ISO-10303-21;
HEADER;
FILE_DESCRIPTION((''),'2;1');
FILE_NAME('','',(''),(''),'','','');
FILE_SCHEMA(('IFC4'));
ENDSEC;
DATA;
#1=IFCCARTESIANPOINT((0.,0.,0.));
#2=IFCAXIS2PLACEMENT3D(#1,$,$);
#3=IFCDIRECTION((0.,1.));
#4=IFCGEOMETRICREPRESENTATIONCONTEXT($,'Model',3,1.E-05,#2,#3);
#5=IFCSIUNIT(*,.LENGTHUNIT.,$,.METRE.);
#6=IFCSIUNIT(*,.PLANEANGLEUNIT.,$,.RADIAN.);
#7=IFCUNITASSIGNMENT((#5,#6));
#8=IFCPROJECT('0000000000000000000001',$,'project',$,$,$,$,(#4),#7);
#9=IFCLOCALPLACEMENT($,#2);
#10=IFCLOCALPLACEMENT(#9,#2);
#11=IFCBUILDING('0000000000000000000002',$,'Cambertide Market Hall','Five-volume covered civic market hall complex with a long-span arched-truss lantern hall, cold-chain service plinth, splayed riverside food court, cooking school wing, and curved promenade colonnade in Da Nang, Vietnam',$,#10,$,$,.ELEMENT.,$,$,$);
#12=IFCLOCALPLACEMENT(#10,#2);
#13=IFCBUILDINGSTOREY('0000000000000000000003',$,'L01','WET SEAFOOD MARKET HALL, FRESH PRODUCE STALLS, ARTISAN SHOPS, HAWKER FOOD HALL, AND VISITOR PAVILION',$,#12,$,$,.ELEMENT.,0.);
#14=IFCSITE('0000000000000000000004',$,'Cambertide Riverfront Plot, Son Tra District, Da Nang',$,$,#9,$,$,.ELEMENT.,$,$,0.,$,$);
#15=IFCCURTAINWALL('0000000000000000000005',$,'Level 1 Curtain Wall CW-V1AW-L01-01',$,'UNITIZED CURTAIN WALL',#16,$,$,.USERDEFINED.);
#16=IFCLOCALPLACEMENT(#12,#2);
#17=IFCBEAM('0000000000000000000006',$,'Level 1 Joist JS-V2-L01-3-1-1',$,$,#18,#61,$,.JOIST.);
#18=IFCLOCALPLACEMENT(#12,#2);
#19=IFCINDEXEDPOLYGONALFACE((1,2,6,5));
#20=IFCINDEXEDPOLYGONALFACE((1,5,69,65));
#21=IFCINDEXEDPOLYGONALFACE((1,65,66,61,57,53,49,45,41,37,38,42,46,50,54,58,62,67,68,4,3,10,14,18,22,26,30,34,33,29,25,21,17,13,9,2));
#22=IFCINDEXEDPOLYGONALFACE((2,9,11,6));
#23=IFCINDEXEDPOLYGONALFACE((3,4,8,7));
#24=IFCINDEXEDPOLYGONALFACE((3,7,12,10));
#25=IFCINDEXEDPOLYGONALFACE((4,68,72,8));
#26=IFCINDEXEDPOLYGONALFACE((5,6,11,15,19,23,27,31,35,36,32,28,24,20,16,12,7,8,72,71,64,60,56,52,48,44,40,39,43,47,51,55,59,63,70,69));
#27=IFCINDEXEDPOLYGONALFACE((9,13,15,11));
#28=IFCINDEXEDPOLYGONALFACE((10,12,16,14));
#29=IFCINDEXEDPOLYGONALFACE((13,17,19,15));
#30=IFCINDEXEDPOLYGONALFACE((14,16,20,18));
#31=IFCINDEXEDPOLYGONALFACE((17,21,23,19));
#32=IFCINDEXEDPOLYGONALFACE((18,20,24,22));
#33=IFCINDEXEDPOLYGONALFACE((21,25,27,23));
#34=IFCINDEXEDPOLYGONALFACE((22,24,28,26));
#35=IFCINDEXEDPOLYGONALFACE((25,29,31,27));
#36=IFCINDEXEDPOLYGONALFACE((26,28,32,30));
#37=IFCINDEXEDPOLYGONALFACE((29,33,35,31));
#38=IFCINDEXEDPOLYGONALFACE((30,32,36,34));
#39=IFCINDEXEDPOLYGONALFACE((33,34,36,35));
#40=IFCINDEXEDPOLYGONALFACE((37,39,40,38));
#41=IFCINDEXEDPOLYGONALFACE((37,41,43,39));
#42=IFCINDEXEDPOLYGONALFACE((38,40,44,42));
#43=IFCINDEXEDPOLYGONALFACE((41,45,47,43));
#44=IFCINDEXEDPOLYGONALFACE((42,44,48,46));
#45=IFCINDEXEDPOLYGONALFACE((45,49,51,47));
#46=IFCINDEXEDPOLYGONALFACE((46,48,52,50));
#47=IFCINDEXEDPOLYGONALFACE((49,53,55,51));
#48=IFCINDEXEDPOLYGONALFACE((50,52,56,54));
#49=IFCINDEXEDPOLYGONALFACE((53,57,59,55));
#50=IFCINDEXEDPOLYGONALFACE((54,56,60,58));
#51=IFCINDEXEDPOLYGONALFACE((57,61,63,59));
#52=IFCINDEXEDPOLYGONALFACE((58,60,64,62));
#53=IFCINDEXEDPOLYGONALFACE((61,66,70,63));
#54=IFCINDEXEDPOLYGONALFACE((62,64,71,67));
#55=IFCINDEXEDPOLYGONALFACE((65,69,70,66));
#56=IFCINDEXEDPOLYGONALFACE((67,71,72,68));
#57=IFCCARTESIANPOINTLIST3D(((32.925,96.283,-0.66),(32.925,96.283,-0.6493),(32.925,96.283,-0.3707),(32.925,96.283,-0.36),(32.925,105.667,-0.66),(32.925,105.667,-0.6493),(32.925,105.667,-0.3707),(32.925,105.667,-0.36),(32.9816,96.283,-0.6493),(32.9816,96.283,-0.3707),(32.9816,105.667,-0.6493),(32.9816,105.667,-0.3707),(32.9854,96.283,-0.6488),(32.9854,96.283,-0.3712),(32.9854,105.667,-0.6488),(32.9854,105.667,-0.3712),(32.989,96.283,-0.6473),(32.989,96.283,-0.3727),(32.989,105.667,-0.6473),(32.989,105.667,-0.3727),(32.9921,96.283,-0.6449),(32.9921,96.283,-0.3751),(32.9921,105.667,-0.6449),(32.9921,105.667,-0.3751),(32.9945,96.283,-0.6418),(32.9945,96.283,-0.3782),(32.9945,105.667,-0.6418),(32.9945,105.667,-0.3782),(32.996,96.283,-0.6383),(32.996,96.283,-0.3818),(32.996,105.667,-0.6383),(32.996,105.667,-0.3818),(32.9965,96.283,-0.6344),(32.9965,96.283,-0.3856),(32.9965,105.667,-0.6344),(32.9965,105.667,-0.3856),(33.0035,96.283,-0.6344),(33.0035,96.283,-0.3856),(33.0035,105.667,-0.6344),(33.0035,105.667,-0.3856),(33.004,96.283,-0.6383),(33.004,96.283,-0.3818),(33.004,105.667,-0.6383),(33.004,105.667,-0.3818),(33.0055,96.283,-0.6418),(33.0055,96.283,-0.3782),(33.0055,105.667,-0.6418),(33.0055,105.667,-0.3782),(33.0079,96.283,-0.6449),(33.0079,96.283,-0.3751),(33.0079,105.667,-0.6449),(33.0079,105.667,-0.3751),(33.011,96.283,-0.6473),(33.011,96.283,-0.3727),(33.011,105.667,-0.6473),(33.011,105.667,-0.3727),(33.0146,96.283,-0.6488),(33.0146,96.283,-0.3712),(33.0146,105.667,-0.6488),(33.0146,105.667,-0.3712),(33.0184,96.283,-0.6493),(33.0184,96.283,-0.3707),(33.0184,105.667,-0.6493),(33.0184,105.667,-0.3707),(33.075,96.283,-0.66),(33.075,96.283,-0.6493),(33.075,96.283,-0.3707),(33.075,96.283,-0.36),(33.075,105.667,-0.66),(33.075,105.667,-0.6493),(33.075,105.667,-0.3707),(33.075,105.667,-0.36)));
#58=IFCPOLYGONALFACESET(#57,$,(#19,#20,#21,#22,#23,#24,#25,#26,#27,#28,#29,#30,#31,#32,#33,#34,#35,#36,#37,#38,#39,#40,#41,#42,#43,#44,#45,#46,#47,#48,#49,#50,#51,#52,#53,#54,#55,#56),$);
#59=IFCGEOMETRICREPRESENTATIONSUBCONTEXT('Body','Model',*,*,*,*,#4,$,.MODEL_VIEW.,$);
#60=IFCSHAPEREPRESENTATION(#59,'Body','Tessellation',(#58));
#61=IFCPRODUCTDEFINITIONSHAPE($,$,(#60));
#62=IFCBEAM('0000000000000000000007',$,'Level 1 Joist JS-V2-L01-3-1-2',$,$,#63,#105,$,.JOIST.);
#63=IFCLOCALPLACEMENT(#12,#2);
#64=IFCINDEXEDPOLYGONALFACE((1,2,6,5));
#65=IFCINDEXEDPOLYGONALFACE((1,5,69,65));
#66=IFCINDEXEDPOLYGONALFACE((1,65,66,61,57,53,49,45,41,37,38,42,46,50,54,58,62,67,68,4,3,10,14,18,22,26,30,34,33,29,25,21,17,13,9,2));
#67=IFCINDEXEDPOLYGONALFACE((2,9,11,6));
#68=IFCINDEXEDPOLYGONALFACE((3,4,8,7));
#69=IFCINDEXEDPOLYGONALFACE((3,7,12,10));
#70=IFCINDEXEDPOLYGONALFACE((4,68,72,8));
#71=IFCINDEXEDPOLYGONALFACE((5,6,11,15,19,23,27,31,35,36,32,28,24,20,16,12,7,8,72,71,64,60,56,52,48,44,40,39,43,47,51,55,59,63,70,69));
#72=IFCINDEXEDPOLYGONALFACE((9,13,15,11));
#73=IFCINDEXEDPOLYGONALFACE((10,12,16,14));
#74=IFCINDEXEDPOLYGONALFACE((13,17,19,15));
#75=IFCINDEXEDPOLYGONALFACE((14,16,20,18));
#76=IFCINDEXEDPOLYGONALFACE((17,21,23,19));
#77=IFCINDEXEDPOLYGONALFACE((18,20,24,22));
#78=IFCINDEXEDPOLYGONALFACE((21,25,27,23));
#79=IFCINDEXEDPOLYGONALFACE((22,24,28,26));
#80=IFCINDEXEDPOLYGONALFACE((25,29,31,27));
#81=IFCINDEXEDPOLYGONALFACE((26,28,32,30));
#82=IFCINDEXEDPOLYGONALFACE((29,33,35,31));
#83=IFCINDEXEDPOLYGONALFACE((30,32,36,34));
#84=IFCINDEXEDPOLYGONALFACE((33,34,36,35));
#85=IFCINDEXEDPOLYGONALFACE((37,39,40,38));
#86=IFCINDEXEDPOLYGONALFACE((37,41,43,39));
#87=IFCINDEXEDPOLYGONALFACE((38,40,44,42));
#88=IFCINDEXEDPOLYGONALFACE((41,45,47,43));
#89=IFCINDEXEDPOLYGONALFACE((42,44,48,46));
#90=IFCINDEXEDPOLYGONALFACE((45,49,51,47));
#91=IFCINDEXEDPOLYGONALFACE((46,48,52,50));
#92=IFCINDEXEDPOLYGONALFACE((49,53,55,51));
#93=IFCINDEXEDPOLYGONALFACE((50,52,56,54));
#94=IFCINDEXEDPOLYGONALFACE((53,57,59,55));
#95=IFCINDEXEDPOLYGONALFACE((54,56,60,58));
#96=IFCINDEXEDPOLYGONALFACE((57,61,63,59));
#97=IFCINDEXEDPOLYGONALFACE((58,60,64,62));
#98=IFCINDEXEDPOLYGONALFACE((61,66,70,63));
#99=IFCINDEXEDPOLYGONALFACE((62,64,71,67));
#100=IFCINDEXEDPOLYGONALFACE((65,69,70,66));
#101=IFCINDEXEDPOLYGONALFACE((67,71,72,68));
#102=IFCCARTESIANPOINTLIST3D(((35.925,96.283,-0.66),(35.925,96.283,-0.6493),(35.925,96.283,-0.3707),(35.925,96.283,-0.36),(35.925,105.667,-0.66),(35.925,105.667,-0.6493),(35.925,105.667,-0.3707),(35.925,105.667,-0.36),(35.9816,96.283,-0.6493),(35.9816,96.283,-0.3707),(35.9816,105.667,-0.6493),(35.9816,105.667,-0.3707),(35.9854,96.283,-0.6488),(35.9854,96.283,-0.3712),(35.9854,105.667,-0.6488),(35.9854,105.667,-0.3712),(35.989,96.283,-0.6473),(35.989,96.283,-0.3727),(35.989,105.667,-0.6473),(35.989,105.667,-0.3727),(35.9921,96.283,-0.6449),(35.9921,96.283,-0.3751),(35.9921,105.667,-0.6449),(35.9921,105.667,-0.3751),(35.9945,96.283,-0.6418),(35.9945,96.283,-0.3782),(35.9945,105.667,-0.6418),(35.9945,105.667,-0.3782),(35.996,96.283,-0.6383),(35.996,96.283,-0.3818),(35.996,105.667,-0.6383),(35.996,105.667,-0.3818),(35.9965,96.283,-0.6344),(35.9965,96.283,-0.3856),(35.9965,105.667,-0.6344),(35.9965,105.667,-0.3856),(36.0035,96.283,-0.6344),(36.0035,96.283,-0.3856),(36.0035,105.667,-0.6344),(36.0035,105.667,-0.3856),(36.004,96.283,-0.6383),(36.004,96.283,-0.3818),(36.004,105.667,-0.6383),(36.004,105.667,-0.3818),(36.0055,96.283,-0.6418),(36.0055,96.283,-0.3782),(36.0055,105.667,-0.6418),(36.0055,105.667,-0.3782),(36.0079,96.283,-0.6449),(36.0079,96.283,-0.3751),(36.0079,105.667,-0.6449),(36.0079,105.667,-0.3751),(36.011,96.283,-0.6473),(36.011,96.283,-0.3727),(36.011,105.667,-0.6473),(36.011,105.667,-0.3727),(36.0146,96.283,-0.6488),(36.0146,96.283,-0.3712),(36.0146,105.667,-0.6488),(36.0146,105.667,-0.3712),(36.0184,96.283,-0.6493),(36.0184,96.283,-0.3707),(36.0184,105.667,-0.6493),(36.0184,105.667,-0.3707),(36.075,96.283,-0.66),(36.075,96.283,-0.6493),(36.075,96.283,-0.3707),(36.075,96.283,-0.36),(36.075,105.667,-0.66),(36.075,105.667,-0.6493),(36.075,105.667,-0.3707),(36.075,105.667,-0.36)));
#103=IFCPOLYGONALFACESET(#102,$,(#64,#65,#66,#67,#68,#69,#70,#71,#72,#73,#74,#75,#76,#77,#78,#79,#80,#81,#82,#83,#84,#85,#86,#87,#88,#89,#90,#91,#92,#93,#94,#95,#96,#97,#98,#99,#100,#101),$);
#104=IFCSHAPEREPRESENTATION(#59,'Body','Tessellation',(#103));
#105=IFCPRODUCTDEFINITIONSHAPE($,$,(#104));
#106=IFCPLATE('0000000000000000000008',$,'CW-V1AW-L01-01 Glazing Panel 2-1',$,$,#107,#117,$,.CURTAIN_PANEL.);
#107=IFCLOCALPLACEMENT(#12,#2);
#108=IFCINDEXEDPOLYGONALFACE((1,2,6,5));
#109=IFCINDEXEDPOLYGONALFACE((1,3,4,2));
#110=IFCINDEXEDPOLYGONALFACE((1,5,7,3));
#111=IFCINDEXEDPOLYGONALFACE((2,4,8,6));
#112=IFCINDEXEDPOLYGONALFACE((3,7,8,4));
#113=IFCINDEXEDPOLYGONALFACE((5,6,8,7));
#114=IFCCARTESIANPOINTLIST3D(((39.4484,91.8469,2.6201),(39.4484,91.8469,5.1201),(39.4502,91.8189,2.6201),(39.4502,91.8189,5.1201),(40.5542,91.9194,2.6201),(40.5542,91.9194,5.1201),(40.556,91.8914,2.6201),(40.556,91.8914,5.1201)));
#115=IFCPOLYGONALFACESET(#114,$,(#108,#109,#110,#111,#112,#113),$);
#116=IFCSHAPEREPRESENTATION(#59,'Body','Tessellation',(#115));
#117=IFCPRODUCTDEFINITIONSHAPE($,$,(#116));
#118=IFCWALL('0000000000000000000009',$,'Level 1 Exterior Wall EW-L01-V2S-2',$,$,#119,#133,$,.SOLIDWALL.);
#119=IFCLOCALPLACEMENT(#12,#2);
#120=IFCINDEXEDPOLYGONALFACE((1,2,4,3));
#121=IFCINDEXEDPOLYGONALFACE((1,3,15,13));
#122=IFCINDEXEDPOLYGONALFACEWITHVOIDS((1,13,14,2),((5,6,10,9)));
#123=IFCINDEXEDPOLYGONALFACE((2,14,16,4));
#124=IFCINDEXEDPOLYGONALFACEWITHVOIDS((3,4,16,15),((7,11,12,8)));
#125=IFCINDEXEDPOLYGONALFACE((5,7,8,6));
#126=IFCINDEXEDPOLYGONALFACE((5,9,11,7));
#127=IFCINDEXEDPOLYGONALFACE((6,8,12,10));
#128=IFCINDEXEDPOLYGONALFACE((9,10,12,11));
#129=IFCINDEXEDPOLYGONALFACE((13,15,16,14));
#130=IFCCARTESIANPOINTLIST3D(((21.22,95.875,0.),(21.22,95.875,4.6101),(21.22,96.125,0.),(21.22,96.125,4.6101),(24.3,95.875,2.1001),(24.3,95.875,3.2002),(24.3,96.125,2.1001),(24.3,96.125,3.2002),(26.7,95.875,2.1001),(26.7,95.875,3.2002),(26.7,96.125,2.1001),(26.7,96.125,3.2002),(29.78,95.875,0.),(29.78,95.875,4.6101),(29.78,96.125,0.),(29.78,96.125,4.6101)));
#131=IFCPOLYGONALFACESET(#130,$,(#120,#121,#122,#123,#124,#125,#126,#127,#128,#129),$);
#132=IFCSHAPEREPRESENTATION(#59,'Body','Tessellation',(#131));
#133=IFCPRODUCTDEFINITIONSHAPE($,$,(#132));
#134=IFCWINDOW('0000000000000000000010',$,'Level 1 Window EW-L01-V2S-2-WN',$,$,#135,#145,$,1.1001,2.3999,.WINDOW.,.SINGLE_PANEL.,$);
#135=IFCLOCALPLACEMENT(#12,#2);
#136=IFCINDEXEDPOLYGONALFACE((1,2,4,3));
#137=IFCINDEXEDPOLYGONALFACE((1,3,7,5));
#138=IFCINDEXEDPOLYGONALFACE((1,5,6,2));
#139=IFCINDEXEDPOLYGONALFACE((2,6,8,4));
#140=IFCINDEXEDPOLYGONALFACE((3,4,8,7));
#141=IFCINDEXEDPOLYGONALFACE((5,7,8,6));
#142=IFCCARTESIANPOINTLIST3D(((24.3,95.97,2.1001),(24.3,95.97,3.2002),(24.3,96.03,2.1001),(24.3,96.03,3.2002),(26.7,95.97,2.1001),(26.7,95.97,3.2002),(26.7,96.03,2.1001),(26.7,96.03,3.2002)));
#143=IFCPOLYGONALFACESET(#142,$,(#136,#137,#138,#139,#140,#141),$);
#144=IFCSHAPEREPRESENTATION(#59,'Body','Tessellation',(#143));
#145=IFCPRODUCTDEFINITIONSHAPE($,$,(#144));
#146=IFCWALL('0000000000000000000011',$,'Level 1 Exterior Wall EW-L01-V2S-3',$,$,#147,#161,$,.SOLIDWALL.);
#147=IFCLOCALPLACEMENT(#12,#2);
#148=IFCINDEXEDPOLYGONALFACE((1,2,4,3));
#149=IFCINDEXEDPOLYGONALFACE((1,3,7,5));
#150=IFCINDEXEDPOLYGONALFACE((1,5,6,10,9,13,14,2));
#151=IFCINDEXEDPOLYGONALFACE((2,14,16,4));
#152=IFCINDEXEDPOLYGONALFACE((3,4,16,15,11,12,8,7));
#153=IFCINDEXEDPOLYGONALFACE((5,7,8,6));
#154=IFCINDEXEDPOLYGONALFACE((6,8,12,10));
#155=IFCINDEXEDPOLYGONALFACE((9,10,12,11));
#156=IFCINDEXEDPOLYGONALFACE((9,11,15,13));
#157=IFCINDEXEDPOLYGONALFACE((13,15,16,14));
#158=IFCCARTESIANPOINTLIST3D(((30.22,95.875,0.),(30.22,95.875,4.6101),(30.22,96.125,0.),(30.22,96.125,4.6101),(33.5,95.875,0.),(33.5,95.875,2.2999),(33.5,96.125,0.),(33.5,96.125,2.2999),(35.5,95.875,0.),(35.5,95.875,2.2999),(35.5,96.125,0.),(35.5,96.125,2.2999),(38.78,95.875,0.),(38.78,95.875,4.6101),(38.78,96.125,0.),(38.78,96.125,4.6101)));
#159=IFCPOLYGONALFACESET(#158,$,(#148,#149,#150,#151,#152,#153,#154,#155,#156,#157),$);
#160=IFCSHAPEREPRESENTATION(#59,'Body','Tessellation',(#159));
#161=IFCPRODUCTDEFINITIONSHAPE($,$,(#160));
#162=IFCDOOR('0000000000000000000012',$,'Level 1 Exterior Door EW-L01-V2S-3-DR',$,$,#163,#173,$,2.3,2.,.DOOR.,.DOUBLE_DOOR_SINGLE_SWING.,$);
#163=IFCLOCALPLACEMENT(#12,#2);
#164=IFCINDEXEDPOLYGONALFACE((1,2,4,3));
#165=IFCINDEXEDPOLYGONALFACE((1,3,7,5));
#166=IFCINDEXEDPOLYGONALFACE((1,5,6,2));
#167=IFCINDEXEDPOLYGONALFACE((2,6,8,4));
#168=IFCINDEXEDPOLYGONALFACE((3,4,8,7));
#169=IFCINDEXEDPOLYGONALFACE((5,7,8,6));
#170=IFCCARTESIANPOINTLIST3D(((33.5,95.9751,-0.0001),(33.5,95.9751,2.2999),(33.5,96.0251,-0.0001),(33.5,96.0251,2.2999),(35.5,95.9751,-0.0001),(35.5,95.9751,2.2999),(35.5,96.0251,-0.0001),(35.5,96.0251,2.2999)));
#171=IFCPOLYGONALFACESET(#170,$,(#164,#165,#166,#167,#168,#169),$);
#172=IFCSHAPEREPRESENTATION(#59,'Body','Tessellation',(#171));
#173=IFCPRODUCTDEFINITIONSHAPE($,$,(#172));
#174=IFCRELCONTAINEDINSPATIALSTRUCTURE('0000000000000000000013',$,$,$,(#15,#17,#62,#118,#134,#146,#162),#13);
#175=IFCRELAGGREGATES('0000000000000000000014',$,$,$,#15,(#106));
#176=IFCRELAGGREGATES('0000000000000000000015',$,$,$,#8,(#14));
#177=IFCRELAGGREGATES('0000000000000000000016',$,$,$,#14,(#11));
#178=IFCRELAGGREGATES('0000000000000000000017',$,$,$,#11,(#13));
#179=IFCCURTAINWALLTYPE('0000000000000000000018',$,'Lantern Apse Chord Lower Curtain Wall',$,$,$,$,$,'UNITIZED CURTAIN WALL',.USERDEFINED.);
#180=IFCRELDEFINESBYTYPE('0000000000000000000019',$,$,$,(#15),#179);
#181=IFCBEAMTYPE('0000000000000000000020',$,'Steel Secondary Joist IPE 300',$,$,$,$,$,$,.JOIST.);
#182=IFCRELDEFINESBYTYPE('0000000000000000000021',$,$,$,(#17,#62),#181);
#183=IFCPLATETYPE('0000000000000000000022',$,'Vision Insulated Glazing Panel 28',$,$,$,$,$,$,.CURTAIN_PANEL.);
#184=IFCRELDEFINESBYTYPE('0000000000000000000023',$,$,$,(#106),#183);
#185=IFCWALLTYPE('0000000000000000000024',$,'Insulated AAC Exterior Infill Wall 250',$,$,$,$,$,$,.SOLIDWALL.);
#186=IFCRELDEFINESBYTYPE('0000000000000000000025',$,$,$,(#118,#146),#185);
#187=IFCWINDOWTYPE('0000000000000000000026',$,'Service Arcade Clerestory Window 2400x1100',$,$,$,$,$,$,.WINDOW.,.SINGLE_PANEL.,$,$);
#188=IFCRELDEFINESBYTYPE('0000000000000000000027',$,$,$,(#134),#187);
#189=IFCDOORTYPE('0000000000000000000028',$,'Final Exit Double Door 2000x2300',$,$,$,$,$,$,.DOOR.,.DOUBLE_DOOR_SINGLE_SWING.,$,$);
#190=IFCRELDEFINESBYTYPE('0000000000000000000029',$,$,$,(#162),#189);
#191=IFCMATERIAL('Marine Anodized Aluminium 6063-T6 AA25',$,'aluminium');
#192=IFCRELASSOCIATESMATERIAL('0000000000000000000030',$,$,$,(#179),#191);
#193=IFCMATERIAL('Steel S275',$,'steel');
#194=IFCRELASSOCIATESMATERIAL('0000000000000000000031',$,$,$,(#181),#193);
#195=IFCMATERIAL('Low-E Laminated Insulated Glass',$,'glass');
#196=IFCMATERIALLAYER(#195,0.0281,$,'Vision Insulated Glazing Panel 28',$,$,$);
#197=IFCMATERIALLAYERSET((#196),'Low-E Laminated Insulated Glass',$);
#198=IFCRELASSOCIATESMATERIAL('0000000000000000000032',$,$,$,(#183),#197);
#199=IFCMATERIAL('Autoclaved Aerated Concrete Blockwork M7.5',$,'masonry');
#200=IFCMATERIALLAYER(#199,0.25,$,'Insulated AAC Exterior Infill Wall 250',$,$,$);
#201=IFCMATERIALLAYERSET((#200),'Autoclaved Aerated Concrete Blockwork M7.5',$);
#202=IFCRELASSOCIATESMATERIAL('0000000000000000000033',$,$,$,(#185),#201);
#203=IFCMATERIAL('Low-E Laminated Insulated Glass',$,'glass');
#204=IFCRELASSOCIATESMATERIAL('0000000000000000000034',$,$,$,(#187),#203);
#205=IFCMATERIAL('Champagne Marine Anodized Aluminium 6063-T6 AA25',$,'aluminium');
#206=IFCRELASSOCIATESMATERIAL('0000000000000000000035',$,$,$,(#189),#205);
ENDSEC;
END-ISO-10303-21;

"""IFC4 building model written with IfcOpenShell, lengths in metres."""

from ifc_helpers import new_model, si_unit, direction, frame, frame_2d, origin, origin_2d, place, context, subcontext, project, spatial, rectangle, i_section, extrude, material, layer, layer_set, material_profile, profile_set, type_object, element, fill, aggregate, save


model = new_model("IFC4")

# Units and contexts
model_context = context("Model", 3, precision=1e-05, world=origin(), true_north=direction((0.0, 1.0)))
body_context = subcontext(model_context, "Body", "Model", "MODEL_VIEW")
ifc_project = project(units=[si_unit("LENGTHUNIT", "METRE"), si_unit("PLANEANGLEUNIT", "RADIAN")], contexts=[model_context])

# Site, building, storey
site_placement = place(None, origin())
site = spatial("IfcSite", under=ifc_project, at=site_placement, Name="Cambertide Riverfront Plot, Son Tra District, Da Nang", CompositionType="ELEMENT", RefElevation=0.0)
building_placement = place(site_placement, origin())
building = spatial("IfcBuilding", under=site, at=building_placement, Name="Cambertide Market Hall", Description="Five-volume covered civic market hall complex with a long-span arched-truss lantern hall, cold-chain service plinth, splayed riverside food court, cooking school wing, and curved promenade colonnade in Da Nang, Vietnam", CompositionType="ELEMENT")
storey_placement = place(building_placement, origin())
storey = spatial("IfcBuildingStorey", under=building, at=storey_placement, Name="L01", Description="WET SEAFOOD MARKET HALL, FRESH PRODUCE STALLS, ARTISAN SHOPS, HAWKER FOOD HALL, AND VISITOR PAVILION", CompositionType="ELEMENT", Elevation=0.0)

# Curtain wall
ifc_material_1 = material(Name="Marine Anodized Aluminium 6063-T6 AA25", Category="aluminium")
curtain_wall_type = type_object("IfcCurtainWallType", Name="Lantern Apse Chord Lower Curtain Wall", ElementType="UNITIZED CURTAIN WALL", PredefinedType="USERDEFINED", material=ifc_material_1)
curtain_wall_placement = place(storey_placement, origin())
curtain_wall = element("IfcCurtainWall", 1, at=curtain_wall_placement, inside=storey, type_object=curtain_wall_type, Name="Level 1 Curtain Wall CW-V1AW-L01-01", ObjectType="UNITIZED CURTAIN WALL", PredefinedType="USERDEFINED")

# Beams
ifc_material_2 = material(Name="Steel S275", Category="steel")
ifc_material_profile_1 = material_profile(ifc_material_2, i_section(OverallWidth=0.1499, OverallDepth=0.3, WebThickness=0.0071, FlangeThickness=0.0107, FilletRadius=0.0149, at=origin_2d()), Name="IPE 300")
ifc_profile_set_1 = profile_set([ifc_material_profile_1], Name="Steel S275")
beam_type_1 = type_object("IfcBeamType", Name="Steel Secondary Joist IPE 300", PredefinedType="JOIST", material=ifc_profile_set_1)
for number, where, z_axis, x_axis, name in (
    (2, (33.0, 96.283, -0.51), (0.0, 1.0, 0.0), (-1.0, 0.0, 0.0), "Level 1 Joist JS-V2-L01-3-1-1"),
    (3, (36.0, 96.283, -0.51), (0.0, 1.0, 0.0), (-1.0, 0.0, 0.0), "Level 1 Joist JS-V2-L01-3-1-2"),
):
    element("IfcBeam", number, at=place(storey_placement, frame(where, z_axis=z_axis, x_axis=x_axis)), inside=storey, type_object=beam_type_1, Name=name, PredefinedType="JOIST", context=body_context, shape_type="SweptSolid", body=[
        extrude(i_section(OverallWidth=0.1499, OverallDepth=0.3, WebThickness=0.0071, FlangeThickness=0.0107, FilletRadius=0.0149, at=origin_2d()), origin(), (0.0, 0.0, 1.0), 9.384),
    ])

# Plate
ifc_material_3 = material(Name="Low-E Laminated Insulated Glass", Category="glass")
ifc_layer_1 = layer(ifc_material_3, 0.0281, Name="Vision Insulated Glazing Panel 28")
ifc_layer_set_1 = layer_set([ifc_layer_1], Name="Low-E Laminated Insulated Glass")
plate_type = type_object("IfcPlateType", Name="Vision Insulated Glazing Panel 28", PredefinedType="CURTAIN_PANEL", material=ifc_layer_set_1)
plate_placement = place(storey_placement, frame((40.0022, 91.8691, 2.6201), z_axis=(0.0, 0.0, 1.0), x_axis=(0.997859, 0.065403, 0.0)))
plate = element("IfcPlate", 4, at=plate_placement, type_object=plate_type, Name="CW-V1AW-L01-01 Glazing Panel 2-1", PredefinedType="CURTAIN_PANEL", context=body_context, shape_type="SweptSolid", body=[
    extrude(rectangle(XDim=1.1082, YDim=0.0281, at=origin_2d()), origin(), (0.0, 0.0, 1.0), 2.5),
])
aggregate(curtain_wall, [plate])

# Wall, opening, window
ifc_material_4 = material(Name="Autoclaved Aerated Concrete Blockwork M7.5", Category="masonry")
ifc_layer_2 = layer(ifc_material_4, 0.25, Name="Insulated AAC Exterior Infill Wall 250")
ifc_layer_set_2 = layer_set([ifc_layer_2], Name="Autoclaved Aerated Concrete Blockwork M7.5")
wall_type_1 = type_object("IfcWallType", Name="Insulated AAC Exterior Infill Wall 250", PredefinedType="SOLIDWALL", material=ifc_layer_set_2)
wall_1_placement = place(storey_placement, frame((29.78, 96.0, 0.0), z_axis=(0.0, 0.0, 1.0), x_axis=(-1.0, 0.0, 0.0)))
wall_1 = element("IfcWall", 5, at=wall_1_placement, inside=storey, type_object=wall_type_1, Name="Level 1 Exterior Wall EW-L01-V2S-2", PredefinedType="SOLIDWALL", context=body_context, shape_type="SweptSolid", body=[
    extrude(rectangle(XDim=8.5601, YDim=0.25, at=frame_2d((4.28, 0.0))), origin(), (0.0, 0.0, 1.0), 4.6101),
])
opening_1_placement = place(wall_1_placement, frame((3.0801, 0.0, 2.1001)))
opening_1 = element("IfcOpeningElement", 6, at=opening_1_placement, cuts=wall_1, PredefinedType="OPENING", context=body_context, shape_type="SweptSolid", body=[
    extrude(rectangle(XDim=2.3999, YDim=1.1001, at=frame_2d((1.2, 0.55))), frame((0.0, 0.135, 0.0), z_axis=(0.0, -1.0, 0.0), x_axis=(1.0, 0.0, 0.0)), (0.0, 0.0, 1.0), 0.27),
])
ifc_material_5 = material(Name="Low-E Laminated Insulated Glass", Category="glass")
window_type = type_object("IfcWindowType", Name="Service Arcade Clerestory Window 2400x1100", PartitioningType="SINGLE_PANEL", PredefinedType="WINDOW", material=ifc_material_5)
window_placement = place(opening_1_placement, origin())
window = element("IfcWindow", 7, at=window_placement, inside=storey, type_object=window_type, Name="Level 1 Window EW-L01-V2S-2-WN", OverallHeight=1.1001, OverallWidth=2.3999, PartitioningType="SINGLE_PANEL", PredefinedType="WINDOW", context=body_context, shape_type="SweptSolid", body=[
    extrude(rectangle(XDim=2.3999, YDim=1.1001, at=frame_2d((1.2, 0.55))), frame((0.0, 0.03, 0.0), z_axis=(0.0, -1.0, 0.0), x_axis=(1.0, 0.0, 0.0)), (0.0, 0.0, 1.0), 0.0601),
])
fill(opening_1, window)

# Wall, opening, door
wall_2_placement = place(storey_placement, frame((38.78, 96.0, 0.0), z_axis=(0.0, 0.0, 1.0), x_axis=(-1.0, 0.0, 0.0)))
wall_2 = element("IfcWall", 8, at=wall_2_placement, inside=storey, type_object=wall_type_1, Name="Level 1 Exterior Wall EW-L01-V2S-3", PredefinedType="SOLIDWALL", context=body_context, shape_type="SweptSolid", body=[
    extrude(rectangle(XDim=8.5601, YDim=0.25, at=frame_2d((4.28, 0.0))), origin(), (0.0, 0.0, 1.0), 4.6101),
])
opening_2_placement = place(wall_2_placement, frame((3.28, 0.0, 0.0)))
opening_2 = element("IfcOpeningElement", 9, at=opening_2_placement, cuts=wall_2, PredefinedType="OPENING", context=body_context, shape_type="SweptSolid", body=[
    extrude(rectangle(XDim=2.0, YDim=2.3, at=frame_2d((1.0, 1.1499))), frame((0.0, 0.135, 0.0), z_axis=(0.0, -1.0, 0.0), x_axis=(1.0, 0.0, 0.0)), (0.0, 0.0, 1.0), 0.27),
])
ifc_material_6 = material(Name="Champagne Marine Anodized Aluminium 6063-T6 AA25", Category="aluminium")
door_type_1 = type_object("IfcDoorType", Name="Final Exit Double Door 2000x2300", OperationType="DOUBLE_DOOR_SINGLE_SWING", PredefinedType="DOOR", material=ifc_material_6)
door_1_placement = place(opening_2_placement, origin())
door_1 = element("IfcDoor", 10, at=door_1_placement, inside=storey, type_object=door_type_1, Name="Level 1 Exterior Door EW-L01-V2S-3-DR", OperationType="DOUBLE_DOOR_SINGLE_SWING", OverallHeight=2.3, OverallWidth=2.0, PredefinedType="DOOR", context=body_context, shape_type="SweptSolid", body=[
    extrude(rectangle(XDim=2.0, YDim=2.3, at=frame_2d((1.0, 1.1499))), frame((0.0, 0.0249, 0.0), z_axis=(0.0, -1.0, 0.0), x_axis=(1.0, 0.0, 0.0)), (0.0, 0.0, 1.0), 0.05),
])
fill(opening_2, door_1)

save(model, "model.ifc")
